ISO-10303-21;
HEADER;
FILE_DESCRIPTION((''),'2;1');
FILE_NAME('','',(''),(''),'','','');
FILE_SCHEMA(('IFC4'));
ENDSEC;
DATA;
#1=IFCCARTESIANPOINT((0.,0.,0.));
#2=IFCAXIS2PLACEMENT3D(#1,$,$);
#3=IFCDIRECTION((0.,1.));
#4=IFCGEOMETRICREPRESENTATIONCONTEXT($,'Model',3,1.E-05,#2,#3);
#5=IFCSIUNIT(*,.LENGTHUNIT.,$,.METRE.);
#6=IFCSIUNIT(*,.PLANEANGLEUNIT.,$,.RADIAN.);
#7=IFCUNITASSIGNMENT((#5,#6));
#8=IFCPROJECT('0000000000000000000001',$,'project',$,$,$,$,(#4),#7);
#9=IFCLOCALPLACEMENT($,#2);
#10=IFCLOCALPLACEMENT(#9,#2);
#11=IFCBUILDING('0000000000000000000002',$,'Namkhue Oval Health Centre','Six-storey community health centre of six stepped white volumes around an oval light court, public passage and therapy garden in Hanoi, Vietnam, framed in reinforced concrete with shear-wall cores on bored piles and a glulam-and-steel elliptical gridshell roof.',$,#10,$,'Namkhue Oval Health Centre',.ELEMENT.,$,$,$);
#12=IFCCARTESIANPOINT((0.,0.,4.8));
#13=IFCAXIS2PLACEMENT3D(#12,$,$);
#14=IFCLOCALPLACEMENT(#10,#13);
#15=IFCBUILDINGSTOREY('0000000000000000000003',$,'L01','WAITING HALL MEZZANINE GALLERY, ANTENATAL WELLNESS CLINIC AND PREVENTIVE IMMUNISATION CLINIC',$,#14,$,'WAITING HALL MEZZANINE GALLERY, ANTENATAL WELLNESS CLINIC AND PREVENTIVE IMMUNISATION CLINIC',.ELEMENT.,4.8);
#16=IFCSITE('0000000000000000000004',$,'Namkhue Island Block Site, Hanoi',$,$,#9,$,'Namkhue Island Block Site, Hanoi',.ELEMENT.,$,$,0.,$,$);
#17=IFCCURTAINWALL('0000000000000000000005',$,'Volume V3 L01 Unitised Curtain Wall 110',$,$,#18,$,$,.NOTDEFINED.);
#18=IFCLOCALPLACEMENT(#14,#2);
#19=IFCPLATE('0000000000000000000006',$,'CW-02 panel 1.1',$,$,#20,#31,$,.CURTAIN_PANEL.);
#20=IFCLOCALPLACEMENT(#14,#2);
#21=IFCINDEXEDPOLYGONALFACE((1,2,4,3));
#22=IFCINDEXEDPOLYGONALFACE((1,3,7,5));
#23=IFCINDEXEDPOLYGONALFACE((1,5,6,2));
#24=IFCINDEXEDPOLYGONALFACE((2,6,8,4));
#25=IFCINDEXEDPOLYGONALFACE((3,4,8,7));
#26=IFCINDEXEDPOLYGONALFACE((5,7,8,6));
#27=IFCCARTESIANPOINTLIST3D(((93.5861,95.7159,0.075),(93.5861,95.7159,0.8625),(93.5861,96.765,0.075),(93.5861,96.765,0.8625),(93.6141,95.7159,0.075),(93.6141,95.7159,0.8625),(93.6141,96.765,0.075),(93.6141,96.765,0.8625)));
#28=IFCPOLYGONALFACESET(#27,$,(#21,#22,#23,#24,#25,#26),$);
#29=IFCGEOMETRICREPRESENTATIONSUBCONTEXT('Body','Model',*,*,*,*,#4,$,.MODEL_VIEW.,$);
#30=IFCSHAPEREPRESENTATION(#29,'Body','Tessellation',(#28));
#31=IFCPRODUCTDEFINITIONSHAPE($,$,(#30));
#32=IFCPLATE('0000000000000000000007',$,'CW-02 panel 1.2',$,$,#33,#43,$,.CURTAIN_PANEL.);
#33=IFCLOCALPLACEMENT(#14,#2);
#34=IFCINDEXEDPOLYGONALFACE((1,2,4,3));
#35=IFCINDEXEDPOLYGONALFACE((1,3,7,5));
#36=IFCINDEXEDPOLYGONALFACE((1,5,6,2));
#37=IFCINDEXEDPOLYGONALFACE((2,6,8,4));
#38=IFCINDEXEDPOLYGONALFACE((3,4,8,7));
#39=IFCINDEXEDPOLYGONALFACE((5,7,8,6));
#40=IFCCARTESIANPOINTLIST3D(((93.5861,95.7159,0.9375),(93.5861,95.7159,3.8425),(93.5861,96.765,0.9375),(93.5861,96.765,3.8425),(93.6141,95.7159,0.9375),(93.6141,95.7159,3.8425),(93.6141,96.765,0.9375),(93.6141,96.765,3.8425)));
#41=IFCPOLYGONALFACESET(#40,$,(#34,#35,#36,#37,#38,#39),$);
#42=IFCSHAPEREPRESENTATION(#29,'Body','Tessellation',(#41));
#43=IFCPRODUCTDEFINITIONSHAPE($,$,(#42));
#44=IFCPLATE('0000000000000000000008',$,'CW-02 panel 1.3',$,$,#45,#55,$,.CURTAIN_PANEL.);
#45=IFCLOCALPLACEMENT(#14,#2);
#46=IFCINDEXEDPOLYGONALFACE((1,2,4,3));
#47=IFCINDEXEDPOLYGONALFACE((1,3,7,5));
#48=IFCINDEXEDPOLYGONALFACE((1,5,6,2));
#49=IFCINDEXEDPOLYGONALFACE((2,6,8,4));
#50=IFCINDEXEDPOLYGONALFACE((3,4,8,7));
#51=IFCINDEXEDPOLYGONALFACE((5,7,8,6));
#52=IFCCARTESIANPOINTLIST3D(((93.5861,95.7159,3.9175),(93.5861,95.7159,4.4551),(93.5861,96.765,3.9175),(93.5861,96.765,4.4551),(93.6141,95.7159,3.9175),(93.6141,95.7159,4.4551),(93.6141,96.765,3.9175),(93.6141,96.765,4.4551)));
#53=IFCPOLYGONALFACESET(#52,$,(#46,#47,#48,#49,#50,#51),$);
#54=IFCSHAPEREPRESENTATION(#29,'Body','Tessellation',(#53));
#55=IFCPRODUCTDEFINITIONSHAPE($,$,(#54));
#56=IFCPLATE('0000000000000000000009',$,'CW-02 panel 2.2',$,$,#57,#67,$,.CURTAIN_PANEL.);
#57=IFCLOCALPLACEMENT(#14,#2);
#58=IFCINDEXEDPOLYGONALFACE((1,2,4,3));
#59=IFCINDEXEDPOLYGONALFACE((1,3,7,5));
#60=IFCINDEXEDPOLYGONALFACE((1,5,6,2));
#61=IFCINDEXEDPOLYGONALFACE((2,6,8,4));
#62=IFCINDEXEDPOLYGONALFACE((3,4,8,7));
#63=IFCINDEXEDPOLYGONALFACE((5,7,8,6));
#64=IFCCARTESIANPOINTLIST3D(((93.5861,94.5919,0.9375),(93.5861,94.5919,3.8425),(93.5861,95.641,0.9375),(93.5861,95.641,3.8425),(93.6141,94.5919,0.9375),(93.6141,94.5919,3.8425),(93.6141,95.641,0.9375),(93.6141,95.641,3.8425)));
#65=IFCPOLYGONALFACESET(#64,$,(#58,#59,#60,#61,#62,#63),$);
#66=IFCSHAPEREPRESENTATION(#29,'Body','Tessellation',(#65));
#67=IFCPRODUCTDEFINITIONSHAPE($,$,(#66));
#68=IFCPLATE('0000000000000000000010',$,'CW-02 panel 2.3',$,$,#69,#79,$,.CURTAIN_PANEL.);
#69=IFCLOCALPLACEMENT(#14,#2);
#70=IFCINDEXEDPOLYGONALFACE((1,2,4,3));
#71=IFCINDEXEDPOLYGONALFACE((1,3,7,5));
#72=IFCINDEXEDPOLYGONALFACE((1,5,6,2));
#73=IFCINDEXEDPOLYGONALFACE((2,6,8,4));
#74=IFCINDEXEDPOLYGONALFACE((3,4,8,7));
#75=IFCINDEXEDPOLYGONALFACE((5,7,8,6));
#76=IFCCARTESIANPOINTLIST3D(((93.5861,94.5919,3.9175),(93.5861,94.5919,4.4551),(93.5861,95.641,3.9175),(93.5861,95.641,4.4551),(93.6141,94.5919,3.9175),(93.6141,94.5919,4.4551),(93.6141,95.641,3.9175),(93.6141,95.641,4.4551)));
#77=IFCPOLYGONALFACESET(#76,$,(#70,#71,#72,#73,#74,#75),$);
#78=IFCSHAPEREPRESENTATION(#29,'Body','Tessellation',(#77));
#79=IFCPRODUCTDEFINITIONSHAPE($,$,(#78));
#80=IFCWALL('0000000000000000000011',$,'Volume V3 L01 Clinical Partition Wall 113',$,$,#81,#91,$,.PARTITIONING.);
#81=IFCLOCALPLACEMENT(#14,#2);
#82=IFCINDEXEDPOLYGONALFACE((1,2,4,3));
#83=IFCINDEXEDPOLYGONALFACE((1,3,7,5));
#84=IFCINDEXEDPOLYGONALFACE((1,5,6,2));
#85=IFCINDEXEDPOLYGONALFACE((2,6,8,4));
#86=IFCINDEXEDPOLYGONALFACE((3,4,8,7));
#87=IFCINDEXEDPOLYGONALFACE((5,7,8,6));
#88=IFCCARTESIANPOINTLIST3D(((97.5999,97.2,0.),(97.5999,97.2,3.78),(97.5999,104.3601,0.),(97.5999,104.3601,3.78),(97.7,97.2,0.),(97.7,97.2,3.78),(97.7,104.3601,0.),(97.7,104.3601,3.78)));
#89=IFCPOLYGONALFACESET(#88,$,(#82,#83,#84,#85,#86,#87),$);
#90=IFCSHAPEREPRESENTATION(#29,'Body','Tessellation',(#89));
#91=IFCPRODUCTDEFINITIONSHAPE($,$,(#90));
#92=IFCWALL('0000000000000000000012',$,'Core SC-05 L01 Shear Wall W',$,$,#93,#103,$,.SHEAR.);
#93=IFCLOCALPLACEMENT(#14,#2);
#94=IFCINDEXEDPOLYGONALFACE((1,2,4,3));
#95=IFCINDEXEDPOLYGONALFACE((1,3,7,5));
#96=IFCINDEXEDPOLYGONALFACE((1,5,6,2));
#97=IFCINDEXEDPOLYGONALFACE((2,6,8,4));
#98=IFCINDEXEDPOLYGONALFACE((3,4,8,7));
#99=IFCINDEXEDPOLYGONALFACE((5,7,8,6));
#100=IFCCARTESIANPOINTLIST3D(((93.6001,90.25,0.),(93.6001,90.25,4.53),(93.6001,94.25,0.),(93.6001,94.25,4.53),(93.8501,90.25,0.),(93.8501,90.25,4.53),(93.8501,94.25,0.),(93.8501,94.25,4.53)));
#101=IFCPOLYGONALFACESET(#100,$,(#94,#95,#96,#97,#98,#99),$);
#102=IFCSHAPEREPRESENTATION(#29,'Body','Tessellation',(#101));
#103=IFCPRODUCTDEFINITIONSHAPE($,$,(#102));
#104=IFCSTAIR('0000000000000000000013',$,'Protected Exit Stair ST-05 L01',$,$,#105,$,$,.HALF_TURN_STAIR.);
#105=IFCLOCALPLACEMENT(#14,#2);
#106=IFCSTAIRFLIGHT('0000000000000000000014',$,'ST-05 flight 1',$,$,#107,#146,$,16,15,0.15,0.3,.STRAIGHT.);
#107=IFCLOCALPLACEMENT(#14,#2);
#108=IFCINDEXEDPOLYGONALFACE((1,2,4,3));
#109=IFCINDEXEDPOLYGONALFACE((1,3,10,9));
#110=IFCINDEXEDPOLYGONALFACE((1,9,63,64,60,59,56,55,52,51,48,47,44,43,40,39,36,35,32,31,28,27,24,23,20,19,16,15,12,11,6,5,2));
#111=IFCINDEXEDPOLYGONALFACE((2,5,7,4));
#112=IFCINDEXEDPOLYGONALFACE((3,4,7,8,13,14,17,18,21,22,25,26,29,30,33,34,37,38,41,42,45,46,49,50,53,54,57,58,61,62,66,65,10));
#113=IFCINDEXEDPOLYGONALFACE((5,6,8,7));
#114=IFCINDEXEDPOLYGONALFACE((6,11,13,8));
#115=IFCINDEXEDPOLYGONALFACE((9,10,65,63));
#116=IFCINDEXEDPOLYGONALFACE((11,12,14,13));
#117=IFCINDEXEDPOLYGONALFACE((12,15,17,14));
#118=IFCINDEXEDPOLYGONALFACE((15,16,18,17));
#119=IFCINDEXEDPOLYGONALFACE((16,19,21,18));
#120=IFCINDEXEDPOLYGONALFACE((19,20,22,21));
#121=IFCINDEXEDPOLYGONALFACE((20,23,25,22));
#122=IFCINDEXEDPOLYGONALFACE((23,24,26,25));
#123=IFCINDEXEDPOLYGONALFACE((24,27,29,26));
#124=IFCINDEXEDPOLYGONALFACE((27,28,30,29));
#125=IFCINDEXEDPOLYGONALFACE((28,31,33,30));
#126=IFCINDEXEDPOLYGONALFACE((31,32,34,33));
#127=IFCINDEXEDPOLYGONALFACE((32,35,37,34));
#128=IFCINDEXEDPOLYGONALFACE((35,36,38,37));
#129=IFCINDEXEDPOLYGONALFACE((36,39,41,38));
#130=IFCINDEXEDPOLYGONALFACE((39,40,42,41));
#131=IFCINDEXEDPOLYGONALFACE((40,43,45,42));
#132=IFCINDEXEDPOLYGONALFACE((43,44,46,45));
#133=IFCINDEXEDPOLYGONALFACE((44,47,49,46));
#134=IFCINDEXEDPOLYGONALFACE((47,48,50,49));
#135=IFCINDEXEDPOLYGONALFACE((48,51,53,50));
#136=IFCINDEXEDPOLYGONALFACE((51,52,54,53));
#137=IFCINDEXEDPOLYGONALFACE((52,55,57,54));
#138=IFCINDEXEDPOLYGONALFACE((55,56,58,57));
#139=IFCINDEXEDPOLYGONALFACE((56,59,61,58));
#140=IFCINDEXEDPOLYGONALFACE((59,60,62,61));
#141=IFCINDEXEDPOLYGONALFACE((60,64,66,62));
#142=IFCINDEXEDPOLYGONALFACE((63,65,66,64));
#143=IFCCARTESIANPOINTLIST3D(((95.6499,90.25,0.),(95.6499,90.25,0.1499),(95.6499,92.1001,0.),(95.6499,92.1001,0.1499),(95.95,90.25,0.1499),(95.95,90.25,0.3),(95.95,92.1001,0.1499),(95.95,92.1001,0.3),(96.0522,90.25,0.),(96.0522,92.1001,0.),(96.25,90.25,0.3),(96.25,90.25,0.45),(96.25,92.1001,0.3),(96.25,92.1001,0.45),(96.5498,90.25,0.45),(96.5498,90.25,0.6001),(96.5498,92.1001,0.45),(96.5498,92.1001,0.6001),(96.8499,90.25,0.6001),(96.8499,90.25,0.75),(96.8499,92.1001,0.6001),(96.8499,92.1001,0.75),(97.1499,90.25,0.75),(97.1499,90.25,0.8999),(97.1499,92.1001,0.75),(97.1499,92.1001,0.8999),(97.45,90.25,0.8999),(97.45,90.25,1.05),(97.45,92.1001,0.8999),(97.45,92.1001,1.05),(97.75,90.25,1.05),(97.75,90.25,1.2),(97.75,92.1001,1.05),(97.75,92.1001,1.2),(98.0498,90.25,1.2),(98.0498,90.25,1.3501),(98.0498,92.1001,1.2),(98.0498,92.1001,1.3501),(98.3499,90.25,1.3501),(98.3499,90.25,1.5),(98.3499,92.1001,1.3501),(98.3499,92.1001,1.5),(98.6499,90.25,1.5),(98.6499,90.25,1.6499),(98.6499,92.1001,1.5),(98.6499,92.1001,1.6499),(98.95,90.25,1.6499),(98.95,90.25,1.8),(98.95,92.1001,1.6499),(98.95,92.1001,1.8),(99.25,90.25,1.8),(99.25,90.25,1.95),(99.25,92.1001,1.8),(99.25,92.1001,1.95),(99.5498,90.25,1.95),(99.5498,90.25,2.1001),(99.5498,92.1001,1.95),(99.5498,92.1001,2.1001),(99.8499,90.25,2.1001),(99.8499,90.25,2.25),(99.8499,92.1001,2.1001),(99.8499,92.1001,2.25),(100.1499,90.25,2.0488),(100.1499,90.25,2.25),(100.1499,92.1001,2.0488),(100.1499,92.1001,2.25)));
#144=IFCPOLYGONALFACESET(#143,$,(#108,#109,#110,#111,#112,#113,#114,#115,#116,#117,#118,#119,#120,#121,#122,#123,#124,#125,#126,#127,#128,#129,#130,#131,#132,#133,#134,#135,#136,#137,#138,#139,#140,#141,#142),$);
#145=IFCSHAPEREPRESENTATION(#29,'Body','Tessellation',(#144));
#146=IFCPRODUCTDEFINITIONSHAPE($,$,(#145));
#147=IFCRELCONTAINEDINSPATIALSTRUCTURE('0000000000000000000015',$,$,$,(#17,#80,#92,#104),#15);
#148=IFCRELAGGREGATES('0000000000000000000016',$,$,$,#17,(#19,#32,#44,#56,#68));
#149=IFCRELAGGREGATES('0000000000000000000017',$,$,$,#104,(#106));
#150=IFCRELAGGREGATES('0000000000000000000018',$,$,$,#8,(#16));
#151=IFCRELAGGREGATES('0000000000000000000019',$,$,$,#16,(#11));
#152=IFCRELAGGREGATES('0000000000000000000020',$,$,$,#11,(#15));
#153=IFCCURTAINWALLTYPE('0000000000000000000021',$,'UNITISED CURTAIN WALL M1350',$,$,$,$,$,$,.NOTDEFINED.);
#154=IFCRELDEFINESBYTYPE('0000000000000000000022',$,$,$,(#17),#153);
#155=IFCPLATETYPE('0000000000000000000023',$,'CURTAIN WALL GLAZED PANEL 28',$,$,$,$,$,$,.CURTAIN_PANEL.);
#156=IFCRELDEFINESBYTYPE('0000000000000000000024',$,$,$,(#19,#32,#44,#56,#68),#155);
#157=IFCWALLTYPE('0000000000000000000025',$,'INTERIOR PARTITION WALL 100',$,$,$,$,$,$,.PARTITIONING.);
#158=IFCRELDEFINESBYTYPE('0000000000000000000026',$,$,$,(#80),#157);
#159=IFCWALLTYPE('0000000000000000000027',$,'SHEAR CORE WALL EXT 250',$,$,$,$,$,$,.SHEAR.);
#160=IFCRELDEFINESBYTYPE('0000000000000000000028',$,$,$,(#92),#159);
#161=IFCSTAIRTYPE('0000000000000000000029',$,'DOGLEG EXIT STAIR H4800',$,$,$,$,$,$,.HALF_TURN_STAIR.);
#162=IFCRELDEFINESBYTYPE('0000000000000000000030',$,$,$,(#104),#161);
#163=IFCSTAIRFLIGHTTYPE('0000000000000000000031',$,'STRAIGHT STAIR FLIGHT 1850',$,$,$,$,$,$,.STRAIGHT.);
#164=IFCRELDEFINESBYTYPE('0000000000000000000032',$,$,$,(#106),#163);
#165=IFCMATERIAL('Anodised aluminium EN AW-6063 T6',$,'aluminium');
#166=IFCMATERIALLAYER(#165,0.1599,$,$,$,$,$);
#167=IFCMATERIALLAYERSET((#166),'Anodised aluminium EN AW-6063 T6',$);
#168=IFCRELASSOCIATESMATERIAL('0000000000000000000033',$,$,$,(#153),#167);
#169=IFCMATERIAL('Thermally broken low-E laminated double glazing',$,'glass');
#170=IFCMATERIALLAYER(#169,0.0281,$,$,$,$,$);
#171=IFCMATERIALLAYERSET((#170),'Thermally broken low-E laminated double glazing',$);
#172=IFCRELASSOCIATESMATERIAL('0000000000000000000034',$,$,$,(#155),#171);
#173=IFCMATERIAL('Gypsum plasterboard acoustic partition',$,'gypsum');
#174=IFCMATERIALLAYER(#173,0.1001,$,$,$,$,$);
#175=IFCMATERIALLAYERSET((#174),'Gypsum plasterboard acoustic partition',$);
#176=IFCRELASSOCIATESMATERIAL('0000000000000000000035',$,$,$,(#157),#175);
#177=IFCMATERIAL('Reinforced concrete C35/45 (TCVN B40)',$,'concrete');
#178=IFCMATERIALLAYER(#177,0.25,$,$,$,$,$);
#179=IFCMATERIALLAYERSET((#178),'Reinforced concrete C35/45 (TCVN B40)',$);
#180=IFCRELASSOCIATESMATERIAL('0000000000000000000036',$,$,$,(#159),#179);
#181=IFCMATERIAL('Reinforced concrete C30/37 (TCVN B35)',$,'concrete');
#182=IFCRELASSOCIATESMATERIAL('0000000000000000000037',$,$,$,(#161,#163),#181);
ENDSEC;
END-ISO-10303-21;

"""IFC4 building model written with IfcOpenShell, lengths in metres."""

from ifc_helpers import new_model, si_unit, direction, frame, frame_2d, origin, origin_2d, place, context, subcontext, project, spatial, polyline, rectangle, outline, extrude, material, layer, layer_set, type_object, element, aggregate, save


model = new_model("IFC4")

# Units and contexts
model_context = context("Model", 3, precision=1e-05, world=origin(), true_north=direction((0.0, 1.0)))
body_context = subcontext(model_context, "Body", "Model", "MODEL_VIEW")
ifc_project = project(units=[si_unit("LENGTHUNIT", "METRE"), si_unit("PLANEANGLEUNIT", "RADIAN")], contexts=[model_context])

# Site, building, storey
site_placement = place(None, origin())
site = spatial("IfcSite", under=ifc_project, at=site_placement, Name="Namkhue Island Block Site, Hanoi", LongName="Namkhue Island Block Site, Hanoi", CompositionType="ELEMENT", RefElevation=0.0)
building_placement = place(site_placement, origin())
building = spatial("IfcBuilding", under=site, at=building_placement, Name="Namkhue Oval Health Centre", Description="Six-storey community health centre of six stepped white volumes around an oval light court, public passage and therapy garden in Hanoi, Vietnam, framed in reinforced concrete with shear-wall cores on bored piles and a glulam-and-steel elliptical gridshell roof.", LongName="Namkhue Oval Health Centre", CompositionType="ELEMENT")
storey_placement = place(building_placement, frame((0.0, 0.0, 4.8)))
storey = spatial("IfcBuildingStorey", under=building, at=storey_placement, Name="L01", Description="WAITING HALL MEZZANINE GALLERY, ANTENATAL WELLNESS CLINIC AND PREVENTIVE IMMUNISATION CLINIC", LongName="WAITING HALL MEZZANINE GALLERY, ANTENATAL WELLNESS CLINIC AND PREVENTIVE IMMUNISATION CLINIC", CompositionType="ELEMENT", Elevation=4.8)

# Shared definitions
ifc_material_1 = material(Name="Reinforced concrete C35/45 (TCVN B40)", Category="concrete")

# Curtain wall
ifc_material_2 = material(Name="Anodised aluminium EN AW-6063 T6", Category="aluminium")
ifc_layer_1 = layer(ifc_material_2, 0.1599)
ifc_layer_set_1 = layer_set([ifc_layer_1], Name="Anodised aluminium EN AW-6063 T6")
curtain_wall_type = type_object("IfcCurtainWallType", Name="UNITISED CURTAIN WALL M1350", PredefinedType="NOTDEFINED", material=ifc_layer_set_1)
curtain_wall_placement = place(storey_placement, origin())
curtain_wall = element("IfcCurtainWall", 1, at=curtain_wall_placement, inside=storey, type_object=curtain_wall_type, Name="Volume V3 L01 Unitised Curtain Wall 110", PredefinedType="NOTDEFINED")

# Plates
ifc_material_3 = material(Name="Thermally broken low-E laminated double glazing", Category="glass")
ifc_layer_2 = layer(ifc_material_3, 0.0281)
ifc_layer_set_2 = layer_set([ifc_layer_2], Name="Thermally broken low-E laminated double glazing")
plate_type = type_object("IfcPlateType", Name="CURTAIN WALL GLAZED PANEL 28", PredefinedType="CURTAIN_PANEL", material=ifc_layer_set_2)
plate_1_placement = place(storey_placement, frame((93.6001, 96.2405, 0.075), z_axis=(0.0, 0.0, 1.0), x_axis=(0.0, -1.0, 0.0)))
plate_1 = element("IfcPlate", 2, at=plate_1_placement, type_object=plate_type, Name="CW-02 panel 1.1", PredefinedType="CURTAIN_PANEL", context=body_context, shape_type="SweptSolid", body=[
    extrude(rectangle(XDim=1.0491, YDim=0.0281, at=origin_2d()), origin(), (0.0, 0.0, 1.0), 0.7876),
])
plate_2_placement = place(storey_placement, frame((93.6001, 96.2405, 0.9375), z_axis=(0.0, 0.0, 1.0), x_axis=(0.0, -1.0, 0.0)))
plate_2 = element("IfcPlate", 3, at=plate_2_placement, type_object=plate_type, Name="CW-02 panel 1.2", PredefinedType="CURTAIN_PANEL", context=body_context, shape_type="SweptSolid", body=[
    extrude(rectangle(XDim=1.0491, YDim=0.0281, at=origin_2d()), origin(), (0.0, 0.0, 1.0), 2.905),
])
plate_3_placement = place(storey_placement, frame((93.6001, 96.2405, 3.9175), z_axis=(0.0, 0.0, 1.0), x_axis=(0.0, -1.0, 0.0)))
plate_3 = element("IfcPlate", 4, at=plate_3_placement, type_object=plate_type, Name="CW-02 panel 1.3", PredefinedType="CURTAIN_PANEL", context=body_context, shape_type="SweptSolid", body=[
    extrude(rectangle(XDim=1.0491, YDim=0.0281, at=origin_2d()), origin(), (0.0, 0.0, 1.0), 0.5376),
])
plate_4_placement = place(storey_placement, frame((93.6001, 95.1165, 0.9375), z_axis=(0.0, 0.0, 1.0), x_axis=(0.0, -1.0, 0.0)))
plate_4 = element("IfcPlate", 5, at=plate_4_placement, type_object=plate_type, Name="CW-02 panel 2.2", PredefinedType="CURTAIN_PANEL", context=body_context, shape_type="SweptSolid", body=[
    extrude(rectangle(XDim=1.0491, YDim=0.0281, at=origin_2d()), origin(), (0.0, 0.0, 1.0), 2.905),
])
plate_5_placement = place(storey_placement, frame((93.6001, 95.1165, 3.9175), z_axis=(0.0, 0.0, 1.0), x_axis=(0.0, -1.0, 0.0)))
plate_5 = element("IfcPlate", 6, at=plate_5_placement, type_object=plate_type, Name="CW-02 panel 2.3", PredefinedType="CURTAIN_PANEL", context=body_context, shape_type="SweptSolid", body=[
    extrude(rectangle(XDim=1.0491, YDim=0.0281, at=origin_2d()), origin(), (0.0, 0.0, 1.0), 0.5376),
])
aggregate(curtain_wall, [plate_1, plate_2, plate_3, plate_4, plate_5])

# Walls
ifc_material_4 = material(Name="Gypsum plasterboard acoustic partition", Category="gypsum")
ifc_layer_3 = layer(ifc_material_4, 0.1001)
ifc_layer_set_3 = layer_set([ifc_layer_3], Name="Gypsum plasterboard acoustic partition")
wall_type_1 = type_object("IfcWallType", Name="INTERIOR PARTITION WALL 100", PredefinedType="PARTITIONING", material=ifc_layer_set_3)
wall_1_placement = place(storey_placement, frame((97.6499, 97.2, 0.0), z_axis=(0.0, 0.0, 1.0), x_axis=(0.0, 1.0, 0.0)))
element("IfcWall", 7, at=wall_1_placement, inside=storey, type_object=wall_type_1, Name="Volume V3 L01 Clinical Partition Wall 113", PredefinedType="PARTITIONING", context=body_context, shape_type="SweptSolid", body=[
    extrude(rectangle(XDim=7.1602, YDim=0.1001, at=frame_2d((3.5801, 0.0))), origin(), (0.0, 0.0, 1.0), 3.78),
])
ifc_layer_4 = layer(ifc_material_1, 0.25)
ifc_layer_set_4 = layer_set([ifc_layer_4], Name="Reinforced concrete C35/45 (TCVN B40)")
wall_type_2 = type_object("IfcWallType", Name="SHEAR CORE WALL EXT 250", PredefinedType="SHEAR", material=ifc_layer_set_4)
wall_2_placement = place(storey_placement, frame((93.7251, 94.25, 0.0), z_axis=(0.0, 0.0, 1.0), x_axis=(0.0, -1.0, 0.0)))
element("IfcWall", 8, at=wall_2_placement, inside=storey, type_object=wall_type_2, Name="Core SC-05 L01 Shear Wall W", PredefinedType="SHEAR", context=body_context, shape_type="SweptSolid", body=[
    extrude(rectangle(XDim=4.0, YDim=0.25, at=frame_2d((2.0, 0.0))), origin(), (0.0, 0.0, 1.0), 4.53),
])

# Stair, stair flight
ifc_material_5 = material(Name="Reinforced concrete C30/37 (TCVN B35)", Category="concrete")
stair_type = type_object("IfcStairType", Name="DOGLEG EXIT STAIR H4800", PredefinedType="HALF_TURN_STAIR", material=ifc_material_5)
stair_placement = place(storey_placement, origin())
stair = element("IfcStair", 9, at=stair_placement, inside=storey, type_object=stair_type, Name="Protected Exit Stair ST-05 L01", PredefinedType="HALF_TURN_STAIR")
stair_flight_type = type_object("IfcStairFlightType", Name="STRAIGHT STAIR FLIGHT 1850", PredefinedType="STRAIGHT", material=ifc_material_5)
stair_flight_placement = place(storey_placement, frame((95.6499, 91.175, 0.0), z_axis=(0.0, 0.0, 1.0), x_axis=(1.0, 0.0, 0.0)))
stair_flight = element("IfcStairFlight", 10, at=stair_flight_placement, type_object=stair_flight_type, Name="ST-05 flight 1", NumberOfRisers=16, NumberOfTreads=15, PredefinedType="STRAIGHT", RiserHeight=0.15, TreadLength=0.3, context=body_context, shape_type="SweptSolid", body=[
    extrude(outline(polyline([(0.0, 0.0), (0.0, 0.1499), (0.3, 0.1499), (0.3, 0.3), (0.6001, 0.3), (0.6001, 0.45), (0.8999, 0.45), (0.8999, 0.6001), (1.2, 0.6001), (1.2, 0.75), (1.5, 0.75), (1.5, 0.8999), (1.8, 0.8999), (1.8, 1.05), (2.1001, 1.05), (2.1001, 1.2), (2.3999, 1.2), (2.3999, 1.3501), (2.7, 1.3501), (2.7, 1.5), (3.0, 1.5), (3.0, 1.6499), (3.3, 1.6499), (3.3, 1.8), (3.6001, 1.8), (3.6001, 1.95), (3.8999, 1.95), (3.8999, 2.1001), (4.2, 2.1001), (4.2, 2.25), (4.5, 2.25), (4.5, 2.3999), (4.5, 2.0488), (0.4023, 0.0), (0.0, 0.0)])), frame((0.0, 0.925, 0.0), z_axis=(0.0, -1.0, 0.0), x_axis=(1.0, 0.0, 0.0)), (0.0, 0.0, 1.0), 1.8501),
])
aggregate(stair, [stair_flight])

save(model, "model.ifc")
